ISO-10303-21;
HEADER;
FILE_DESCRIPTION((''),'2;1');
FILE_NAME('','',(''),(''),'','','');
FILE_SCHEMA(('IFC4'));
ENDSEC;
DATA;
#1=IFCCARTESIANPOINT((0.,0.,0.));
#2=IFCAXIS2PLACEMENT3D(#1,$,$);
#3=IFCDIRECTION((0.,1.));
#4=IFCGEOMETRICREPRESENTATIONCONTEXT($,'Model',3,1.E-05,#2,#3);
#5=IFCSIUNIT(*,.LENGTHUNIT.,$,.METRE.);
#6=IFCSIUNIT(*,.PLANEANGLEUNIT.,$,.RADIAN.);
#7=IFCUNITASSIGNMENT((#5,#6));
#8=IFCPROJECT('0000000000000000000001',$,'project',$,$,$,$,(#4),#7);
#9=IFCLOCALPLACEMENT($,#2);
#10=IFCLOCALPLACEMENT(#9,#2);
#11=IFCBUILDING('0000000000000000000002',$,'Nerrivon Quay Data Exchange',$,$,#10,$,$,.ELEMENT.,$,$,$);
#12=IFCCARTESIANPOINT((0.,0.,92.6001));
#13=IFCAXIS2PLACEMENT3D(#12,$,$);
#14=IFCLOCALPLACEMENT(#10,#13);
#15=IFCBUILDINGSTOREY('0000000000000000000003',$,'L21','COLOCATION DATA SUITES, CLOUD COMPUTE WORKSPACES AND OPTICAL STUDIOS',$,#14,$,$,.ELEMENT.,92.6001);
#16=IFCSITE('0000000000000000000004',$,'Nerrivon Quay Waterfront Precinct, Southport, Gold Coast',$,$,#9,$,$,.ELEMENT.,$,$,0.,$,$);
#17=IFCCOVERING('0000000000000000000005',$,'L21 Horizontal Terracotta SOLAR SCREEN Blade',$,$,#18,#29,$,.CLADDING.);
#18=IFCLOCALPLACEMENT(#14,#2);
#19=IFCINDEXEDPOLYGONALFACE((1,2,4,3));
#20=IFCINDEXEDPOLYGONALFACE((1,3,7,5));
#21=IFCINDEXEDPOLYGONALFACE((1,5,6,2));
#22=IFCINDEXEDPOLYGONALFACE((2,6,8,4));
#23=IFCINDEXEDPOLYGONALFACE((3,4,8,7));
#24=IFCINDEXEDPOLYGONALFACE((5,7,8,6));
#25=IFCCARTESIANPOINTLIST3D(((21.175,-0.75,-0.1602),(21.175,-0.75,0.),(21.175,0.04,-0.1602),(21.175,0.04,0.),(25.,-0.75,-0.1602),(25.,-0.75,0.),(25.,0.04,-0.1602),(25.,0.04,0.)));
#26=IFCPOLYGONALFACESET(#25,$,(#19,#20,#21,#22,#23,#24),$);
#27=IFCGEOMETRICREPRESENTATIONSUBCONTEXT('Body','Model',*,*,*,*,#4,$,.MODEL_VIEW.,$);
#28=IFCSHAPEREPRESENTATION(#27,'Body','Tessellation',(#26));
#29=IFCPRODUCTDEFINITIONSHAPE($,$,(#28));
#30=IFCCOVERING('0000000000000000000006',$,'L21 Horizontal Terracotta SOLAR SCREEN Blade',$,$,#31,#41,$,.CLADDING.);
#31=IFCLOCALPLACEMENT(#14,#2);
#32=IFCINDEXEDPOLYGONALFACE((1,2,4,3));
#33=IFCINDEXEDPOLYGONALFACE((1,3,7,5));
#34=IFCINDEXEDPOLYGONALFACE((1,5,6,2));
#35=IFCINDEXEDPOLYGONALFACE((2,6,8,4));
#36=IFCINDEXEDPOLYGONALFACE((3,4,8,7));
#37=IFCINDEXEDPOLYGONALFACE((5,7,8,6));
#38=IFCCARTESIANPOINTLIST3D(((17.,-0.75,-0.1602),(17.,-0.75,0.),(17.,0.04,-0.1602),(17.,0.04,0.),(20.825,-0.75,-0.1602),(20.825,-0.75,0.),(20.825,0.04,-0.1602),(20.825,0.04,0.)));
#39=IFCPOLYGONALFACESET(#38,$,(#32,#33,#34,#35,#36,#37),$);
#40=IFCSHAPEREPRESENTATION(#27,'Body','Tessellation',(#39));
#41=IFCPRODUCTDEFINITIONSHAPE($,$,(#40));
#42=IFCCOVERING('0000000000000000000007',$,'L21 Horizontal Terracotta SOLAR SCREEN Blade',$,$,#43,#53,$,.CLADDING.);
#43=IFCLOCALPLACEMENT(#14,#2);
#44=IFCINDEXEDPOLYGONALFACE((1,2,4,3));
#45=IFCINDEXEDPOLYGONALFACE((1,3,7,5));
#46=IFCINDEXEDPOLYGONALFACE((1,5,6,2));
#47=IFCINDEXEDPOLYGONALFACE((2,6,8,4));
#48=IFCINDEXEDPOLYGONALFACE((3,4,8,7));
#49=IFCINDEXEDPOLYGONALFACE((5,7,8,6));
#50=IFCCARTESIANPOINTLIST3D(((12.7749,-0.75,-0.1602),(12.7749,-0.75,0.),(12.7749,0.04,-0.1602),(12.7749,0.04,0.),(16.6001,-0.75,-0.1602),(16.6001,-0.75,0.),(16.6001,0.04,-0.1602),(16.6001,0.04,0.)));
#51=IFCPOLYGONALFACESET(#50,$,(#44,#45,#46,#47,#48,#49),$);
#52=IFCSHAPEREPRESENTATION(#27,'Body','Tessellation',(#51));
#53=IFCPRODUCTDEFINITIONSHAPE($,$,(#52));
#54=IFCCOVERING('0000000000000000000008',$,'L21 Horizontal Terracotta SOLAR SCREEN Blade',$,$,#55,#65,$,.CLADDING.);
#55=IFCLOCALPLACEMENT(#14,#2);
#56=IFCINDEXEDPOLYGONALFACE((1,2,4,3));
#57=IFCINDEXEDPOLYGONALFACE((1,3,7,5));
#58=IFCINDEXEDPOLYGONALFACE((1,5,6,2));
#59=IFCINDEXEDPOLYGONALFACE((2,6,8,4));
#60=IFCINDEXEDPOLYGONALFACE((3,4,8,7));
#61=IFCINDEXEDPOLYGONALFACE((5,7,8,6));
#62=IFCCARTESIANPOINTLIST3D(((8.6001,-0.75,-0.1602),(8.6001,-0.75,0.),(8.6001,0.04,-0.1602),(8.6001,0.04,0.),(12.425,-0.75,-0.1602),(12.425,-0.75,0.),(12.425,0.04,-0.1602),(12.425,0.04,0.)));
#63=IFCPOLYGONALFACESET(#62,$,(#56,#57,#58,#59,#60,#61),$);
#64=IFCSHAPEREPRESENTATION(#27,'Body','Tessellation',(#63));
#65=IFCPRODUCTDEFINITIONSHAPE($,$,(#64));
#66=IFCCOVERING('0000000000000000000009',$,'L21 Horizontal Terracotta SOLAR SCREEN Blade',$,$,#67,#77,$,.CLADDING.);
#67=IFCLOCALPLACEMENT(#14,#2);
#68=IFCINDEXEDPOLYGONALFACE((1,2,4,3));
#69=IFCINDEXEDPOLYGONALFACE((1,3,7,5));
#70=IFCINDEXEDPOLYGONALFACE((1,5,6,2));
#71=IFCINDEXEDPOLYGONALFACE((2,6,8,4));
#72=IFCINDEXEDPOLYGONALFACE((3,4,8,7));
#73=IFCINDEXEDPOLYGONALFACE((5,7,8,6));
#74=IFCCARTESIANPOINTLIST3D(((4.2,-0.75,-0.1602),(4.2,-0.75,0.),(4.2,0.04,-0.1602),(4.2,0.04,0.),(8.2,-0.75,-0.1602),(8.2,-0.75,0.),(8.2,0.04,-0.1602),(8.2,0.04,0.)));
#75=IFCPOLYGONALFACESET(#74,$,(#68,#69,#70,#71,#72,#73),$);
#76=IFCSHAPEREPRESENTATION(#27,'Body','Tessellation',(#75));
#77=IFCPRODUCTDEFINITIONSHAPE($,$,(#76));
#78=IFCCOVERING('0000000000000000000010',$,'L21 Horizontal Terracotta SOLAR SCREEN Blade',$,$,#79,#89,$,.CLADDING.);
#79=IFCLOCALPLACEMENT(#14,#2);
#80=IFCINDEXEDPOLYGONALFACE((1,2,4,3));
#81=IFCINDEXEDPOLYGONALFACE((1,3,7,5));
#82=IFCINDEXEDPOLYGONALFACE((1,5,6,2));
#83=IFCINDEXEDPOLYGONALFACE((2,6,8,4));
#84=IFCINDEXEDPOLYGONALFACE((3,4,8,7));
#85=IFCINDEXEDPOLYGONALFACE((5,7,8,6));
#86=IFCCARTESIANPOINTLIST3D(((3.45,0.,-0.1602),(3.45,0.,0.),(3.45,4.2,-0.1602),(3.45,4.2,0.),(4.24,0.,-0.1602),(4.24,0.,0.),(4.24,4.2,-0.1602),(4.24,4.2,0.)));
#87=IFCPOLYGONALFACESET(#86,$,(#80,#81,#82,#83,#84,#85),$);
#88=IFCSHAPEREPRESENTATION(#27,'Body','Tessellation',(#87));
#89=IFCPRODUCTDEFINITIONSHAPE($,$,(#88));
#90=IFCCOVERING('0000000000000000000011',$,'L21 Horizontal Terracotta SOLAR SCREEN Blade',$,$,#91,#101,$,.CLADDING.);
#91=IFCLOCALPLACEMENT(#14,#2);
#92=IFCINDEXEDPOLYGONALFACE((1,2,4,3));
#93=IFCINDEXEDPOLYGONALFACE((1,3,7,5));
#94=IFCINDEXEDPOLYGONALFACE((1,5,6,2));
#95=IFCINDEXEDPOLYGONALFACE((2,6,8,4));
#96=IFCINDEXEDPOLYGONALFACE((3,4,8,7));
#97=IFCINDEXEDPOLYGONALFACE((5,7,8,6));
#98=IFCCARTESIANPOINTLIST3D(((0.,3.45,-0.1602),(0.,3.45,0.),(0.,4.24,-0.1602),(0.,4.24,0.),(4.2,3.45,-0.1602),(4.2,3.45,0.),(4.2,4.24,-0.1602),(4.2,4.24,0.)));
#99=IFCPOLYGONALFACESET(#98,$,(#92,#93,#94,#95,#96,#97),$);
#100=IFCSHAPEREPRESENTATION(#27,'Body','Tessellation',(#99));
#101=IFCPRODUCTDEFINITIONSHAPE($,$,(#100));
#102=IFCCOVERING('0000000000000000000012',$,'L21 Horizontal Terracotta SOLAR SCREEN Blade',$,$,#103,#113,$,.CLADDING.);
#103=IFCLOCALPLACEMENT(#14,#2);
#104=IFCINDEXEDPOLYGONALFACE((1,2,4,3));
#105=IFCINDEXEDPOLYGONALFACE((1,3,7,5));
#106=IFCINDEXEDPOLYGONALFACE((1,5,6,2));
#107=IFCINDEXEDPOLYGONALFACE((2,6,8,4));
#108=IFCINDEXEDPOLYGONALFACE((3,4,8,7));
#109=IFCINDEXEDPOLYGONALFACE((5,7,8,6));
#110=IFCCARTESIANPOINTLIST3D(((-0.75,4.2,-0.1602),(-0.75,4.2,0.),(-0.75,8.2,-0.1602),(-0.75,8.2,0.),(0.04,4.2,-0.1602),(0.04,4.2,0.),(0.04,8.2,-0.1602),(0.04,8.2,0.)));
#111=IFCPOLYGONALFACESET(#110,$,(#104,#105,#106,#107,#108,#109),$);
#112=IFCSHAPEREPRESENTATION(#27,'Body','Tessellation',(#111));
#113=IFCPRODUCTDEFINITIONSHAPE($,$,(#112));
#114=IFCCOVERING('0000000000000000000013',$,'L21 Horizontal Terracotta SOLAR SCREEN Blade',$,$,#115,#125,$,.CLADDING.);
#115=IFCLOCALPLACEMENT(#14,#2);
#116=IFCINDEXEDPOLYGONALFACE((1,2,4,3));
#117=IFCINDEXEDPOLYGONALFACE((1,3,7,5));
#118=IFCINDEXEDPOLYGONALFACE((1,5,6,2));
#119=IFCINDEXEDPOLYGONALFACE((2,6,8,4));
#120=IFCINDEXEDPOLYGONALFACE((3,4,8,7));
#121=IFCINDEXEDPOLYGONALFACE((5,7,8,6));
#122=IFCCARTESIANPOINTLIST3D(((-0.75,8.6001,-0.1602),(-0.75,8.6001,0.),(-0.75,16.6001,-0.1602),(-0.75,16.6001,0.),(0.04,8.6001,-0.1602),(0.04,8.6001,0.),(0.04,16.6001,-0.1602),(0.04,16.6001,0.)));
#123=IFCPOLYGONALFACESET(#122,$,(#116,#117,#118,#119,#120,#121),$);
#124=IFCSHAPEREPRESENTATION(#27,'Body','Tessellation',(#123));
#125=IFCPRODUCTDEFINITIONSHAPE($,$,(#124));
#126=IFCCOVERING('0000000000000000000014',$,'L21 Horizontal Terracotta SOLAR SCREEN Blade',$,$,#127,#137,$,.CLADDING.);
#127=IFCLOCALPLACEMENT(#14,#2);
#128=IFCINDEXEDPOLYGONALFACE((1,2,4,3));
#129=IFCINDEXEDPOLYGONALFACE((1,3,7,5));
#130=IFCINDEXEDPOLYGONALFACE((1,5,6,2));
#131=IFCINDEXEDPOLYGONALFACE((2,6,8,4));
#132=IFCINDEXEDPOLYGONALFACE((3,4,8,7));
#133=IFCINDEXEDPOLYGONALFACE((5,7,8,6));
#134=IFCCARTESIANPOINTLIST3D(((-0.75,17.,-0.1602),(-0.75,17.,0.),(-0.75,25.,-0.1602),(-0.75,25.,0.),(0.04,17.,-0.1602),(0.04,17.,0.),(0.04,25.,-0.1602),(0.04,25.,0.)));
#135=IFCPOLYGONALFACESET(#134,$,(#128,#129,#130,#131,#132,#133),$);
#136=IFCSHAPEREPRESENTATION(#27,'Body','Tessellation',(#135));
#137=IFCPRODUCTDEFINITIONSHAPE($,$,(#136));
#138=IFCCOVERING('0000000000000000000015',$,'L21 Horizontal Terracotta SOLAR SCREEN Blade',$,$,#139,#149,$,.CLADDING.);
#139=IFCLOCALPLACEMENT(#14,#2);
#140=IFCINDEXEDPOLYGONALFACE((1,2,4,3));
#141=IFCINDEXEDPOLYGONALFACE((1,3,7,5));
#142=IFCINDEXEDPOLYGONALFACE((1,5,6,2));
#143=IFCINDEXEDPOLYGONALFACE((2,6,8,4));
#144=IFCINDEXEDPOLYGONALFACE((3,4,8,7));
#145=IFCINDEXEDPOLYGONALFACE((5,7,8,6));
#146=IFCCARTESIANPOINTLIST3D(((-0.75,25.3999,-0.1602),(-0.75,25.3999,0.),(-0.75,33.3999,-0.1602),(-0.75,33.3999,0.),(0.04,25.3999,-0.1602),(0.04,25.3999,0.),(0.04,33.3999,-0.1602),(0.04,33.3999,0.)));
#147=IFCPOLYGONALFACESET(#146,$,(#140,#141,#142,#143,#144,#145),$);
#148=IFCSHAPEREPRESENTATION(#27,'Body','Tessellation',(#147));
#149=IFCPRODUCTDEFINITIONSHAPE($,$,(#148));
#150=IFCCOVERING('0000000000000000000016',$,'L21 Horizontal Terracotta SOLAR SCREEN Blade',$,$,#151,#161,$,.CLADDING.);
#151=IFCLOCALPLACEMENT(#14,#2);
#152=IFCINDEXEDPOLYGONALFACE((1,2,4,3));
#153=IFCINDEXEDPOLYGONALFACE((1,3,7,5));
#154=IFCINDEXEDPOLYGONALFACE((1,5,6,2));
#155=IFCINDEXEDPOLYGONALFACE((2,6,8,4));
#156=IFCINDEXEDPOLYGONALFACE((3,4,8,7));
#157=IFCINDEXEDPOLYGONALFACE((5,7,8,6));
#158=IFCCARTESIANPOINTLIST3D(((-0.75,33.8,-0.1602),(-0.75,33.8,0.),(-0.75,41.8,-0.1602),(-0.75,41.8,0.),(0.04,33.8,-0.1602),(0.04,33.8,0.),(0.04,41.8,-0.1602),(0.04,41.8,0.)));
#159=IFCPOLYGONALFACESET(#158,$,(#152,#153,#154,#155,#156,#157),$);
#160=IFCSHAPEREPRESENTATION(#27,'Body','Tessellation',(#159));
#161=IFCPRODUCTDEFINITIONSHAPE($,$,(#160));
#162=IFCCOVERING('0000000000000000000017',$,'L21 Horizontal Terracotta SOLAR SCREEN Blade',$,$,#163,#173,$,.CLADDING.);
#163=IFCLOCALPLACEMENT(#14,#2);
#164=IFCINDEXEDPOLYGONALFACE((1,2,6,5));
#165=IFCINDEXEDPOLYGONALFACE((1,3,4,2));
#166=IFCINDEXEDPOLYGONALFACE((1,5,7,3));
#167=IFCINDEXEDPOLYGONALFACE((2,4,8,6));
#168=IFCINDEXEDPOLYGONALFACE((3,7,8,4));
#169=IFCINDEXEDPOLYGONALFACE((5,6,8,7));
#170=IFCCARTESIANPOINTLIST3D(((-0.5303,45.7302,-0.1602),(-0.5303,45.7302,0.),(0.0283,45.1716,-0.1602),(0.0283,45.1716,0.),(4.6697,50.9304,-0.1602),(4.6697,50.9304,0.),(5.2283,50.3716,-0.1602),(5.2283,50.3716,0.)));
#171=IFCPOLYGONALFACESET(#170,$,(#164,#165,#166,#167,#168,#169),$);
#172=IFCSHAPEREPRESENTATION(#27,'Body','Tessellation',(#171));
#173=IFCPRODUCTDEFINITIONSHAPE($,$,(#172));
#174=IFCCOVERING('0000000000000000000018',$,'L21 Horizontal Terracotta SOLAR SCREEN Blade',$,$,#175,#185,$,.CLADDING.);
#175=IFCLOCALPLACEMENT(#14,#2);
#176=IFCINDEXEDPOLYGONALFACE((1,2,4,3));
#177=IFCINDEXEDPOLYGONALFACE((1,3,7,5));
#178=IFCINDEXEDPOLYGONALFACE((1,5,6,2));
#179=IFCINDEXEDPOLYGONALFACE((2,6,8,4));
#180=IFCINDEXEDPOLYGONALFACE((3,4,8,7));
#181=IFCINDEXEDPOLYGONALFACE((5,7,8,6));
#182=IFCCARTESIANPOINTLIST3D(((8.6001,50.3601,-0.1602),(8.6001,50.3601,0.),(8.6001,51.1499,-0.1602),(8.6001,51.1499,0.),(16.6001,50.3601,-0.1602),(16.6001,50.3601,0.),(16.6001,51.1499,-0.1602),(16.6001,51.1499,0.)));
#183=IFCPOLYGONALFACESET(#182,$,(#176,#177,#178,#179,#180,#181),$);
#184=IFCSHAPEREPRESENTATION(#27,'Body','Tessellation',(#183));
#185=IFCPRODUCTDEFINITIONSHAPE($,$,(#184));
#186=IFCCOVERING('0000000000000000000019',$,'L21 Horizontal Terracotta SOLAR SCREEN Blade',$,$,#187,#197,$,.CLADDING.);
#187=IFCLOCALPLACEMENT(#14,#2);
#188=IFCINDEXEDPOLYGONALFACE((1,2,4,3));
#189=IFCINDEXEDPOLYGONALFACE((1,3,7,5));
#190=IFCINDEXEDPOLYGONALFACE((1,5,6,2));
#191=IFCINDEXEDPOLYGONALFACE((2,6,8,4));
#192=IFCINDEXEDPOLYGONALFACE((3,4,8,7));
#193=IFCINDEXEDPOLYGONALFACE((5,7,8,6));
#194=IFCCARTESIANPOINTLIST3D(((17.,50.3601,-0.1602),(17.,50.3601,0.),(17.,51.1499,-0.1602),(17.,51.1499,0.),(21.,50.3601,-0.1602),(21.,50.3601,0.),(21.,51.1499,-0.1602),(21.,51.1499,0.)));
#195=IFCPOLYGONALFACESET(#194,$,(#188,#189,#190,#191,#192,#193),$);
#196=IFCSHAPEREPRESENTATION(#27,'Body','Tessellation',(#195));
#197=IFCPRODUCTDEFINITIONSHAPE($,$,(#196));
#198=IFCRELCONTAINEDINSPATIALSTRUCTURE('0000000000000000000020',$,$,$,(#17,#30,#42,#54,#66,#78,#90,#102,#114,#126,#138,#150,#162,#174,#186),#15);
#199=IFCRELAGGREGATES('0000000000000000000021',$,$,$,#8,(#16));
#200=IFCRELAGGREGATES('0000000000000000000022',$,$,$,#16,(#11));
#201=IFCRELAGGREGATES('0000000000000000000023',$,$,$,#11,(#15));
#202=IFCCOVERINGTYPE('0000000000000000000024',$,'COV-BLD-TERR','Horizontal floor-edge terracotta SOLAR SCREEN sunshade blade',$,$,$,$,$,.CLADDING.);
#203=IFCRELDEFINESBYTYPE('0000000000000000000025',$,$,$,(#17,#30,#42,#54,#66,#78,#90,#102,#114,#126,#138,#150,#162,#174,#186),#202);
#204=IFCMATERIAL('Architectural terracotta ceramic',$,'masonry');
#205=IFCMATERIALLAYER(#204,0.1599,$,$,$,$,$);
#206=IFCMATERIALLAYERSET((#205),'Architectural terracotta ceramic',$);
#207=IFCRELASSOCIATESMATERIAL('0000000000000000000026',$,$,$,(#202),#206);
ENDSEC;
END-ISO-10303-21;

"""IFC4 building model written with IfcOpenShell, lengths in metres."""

from ifc_helpers import new_model, si_unit, direction, frame, origin, place, context, subcontext, project, spatial, polyline, outline, extrude, material, layer, layer_set, type_object, element, save


model = new_model("IFC4")

# Units and contexts
model_context = context("Model", 3, precision=1e-05, world=origin(), true_north=direction((0.0, 1.0)))
body_context = subcontext(model_context, "Body", "Model", "MODEL_VIEW")
ifc_project = project(units=[si_unit("LENGTHUNIT", "METRE"), si_unit("PLANEANGLEUNIT", "RADIAN")], contexts=[model_context])

# Site, building, storey
site_placement = place(None, origin())
site = spatial("IfcSite", under=ifc_project, at=site_placement, Name="Nerrivon Quay Waterfront Precinct, Southport, Gold Coast", CompositionType="ELEMENT", RefElevation=0.0)
building_placement = place(site_placement, origin())
building = spatial("IfcBuilding", under=site, at=building_placement, Name="Nerrivon Quay Data Exchange", CompositionType="ELEMENT")
storey_placement = place(building_placement, frame((0.0, 0.0, 92.6001)))
storey = spatial("IfcBuildingStorey", under=building, at=storey_placement, Name="L21", Description="COLOCATION DATA SUITES, CLOUD COMPUTE WORKSPACES AND OPTICAL STUDIOS", CompositionType="ELEMENT", Elevation=92.6001)

# Coverings
ifc_material_1 = material(Name="Architectural terracotta ceramic", Category="masonry")
ifc_layer_1 = layer(ifc_material_1, 0.1599)
ifc_layer_set_1 = layer_set([ifc_layer_1], Name="Architectural terracotta ceramic")
covering_type = type_object("IfcCoveringType", Name="COV-BLD-TERR", Description="Horizontal floor-edge terracotta SOLAR SCREEN sunshade blade", PredefinedType="CLADDING", material=ifc_layer_set_1)
covering_1_placement = place(storey_placement, frame((0.0, 0.0, -0.1602)))
element("IfcCovering", 1, at=covering_1_placement, inside=storey, type_object=covering_type, Name="L21 Horizontal Terracotta SOLAR SCREEN Blade", PredefinedType="CLADDING", context=body_context, shape_type="SweptSolid", body=[
    extrude(outline(polyline([(25.0, 0.04), (21.175, 0.04), (21.175, -0.75), (25.0, -0.75), (25.0, 0.04)])), origin(), (0.0, 0.0, 1.0), 0.1602),
])
covering_2_placement = place(storey_placement, frame((0.0, 0.0, -0.1602)))
element("IfcCovering", 2, at=covering_2_placement, inside=storey, type_object=covering_type, Name="L21 Horizontal Terracotta SOLAR SCREEN Blade", PredefinedType="CLADDING", context=body_context, shape_type="SweptSolid", body=[
    extrude(outline(polyline([(20.825, 0.04), (17.0, 0.04), (17.0, -0.75), (20.825, -0.75), (20.825, 0.04)])), origin(), (0.0, 0.0, 1.0), 0.1602),
])
covering_3_placement = place(storey_placement, frame((0.0, 0.0, -0.1602)))
element("IfcCovering", 3, at=covering_3_placement, inside=storey, type_object=covering_type, Name="L21 Horizontal Terracotta SOLAR SCREEN Blade", PredefinedType="CLADDING", context=body_context, shape_type="SweptSolid", body=[
    extrude(outline(polyline([(16.6001, 0.04), (12.7749, 0.04), (12.7749, -0.75), (16.6001, -0.75), (16.6001, 0.04)])), origin(), (0.0, 0.0, 1.0), 0.1602),
])
covering_4_placement = place(storey_placement, frame((0.0, 0.0, -0.1602)))
element("IfcCovering", 4, at=covering_4_placement, inside=storey, type_object=covering_type, Name="L21 Horizontal Terracotta SOLAR SCREEN Blade", PredefinedType="CLADDING", context=body_context, shape_type="SweptSolid", body=[
    extrude(outline(polyline([(12.425, 0.04), (8.6001, 0.04), (8.6001, -0.75), (12.425, -0.75), (12.425, 0.04)])), origin(), (0.0, 0.0, 1.0), 0.1602),
])
covering_5_placement = place(storey_placement, frame((0.0, 0.0, -0.1602)))
element("IfcCovering", 5, at=covering_5_placement, inside=storey, type_object=covering_type, Name="L21 Horizontal Terracotta SOLAR SCREEN Blade", PredefinedType="CLADDING", context=body_context, shape_type="SweptSolid", body=[
    extrude(outline(polyline([(8.2, 0.04), (4.2, 0.04), (4.2, -0.75), (8.2, -0.75), (8.2, 0.04)])), origin(), (0.0, 0.0, 1.0), 0.1602),
])
covering_6_placement = place(storey_placement, frame((0.0, 0.0, -0.1602)))
element("IfcCovering", 6, at=covering_6_placement, inside=storey, type_object=covering_type, Name="L21 Horizontal Terracotta SOLAR SCREEN Blade", PredefinedType="CLADDING", context=body_context, shape_type="SweptSolid", body=[
    extrude(outline(polyline([(4.24, 0.0), (4.24, 4.2), (3.45, 4.2), (3.45, 0.0), (4.24, 0.0)])), origin(), (0.0, 0.0, 1.0), 0.1602),
])
covering_7_placement = place(storey_placement, frame((0.0, 0.0, -0.1602)))
element("IfcCovering", 7, at=covering_7_placement, inside=storey, type_object=covering_type, Name="L21 Horizontal Terracotta SOLAR SCREEN Blade", PredefinedType="CLADDING", context=body_context, shape_type="SweptSolid", body=[
    extrude(outline(polyline([(4.2, 4.24), (0.0, 4.24), (0.0, 3.45), (4.2, 3.45), (4.2, 4.24)])), origin(), (0.0, 0.0, 1.0), 0.1602),
])
covering_8_placement = place(storey_placement, frame((0.0, 0.0, -0.1602)))
element("IfcCovering", 8, at=covering_8_placement, inside=storey, type_object=covering_type, Name="L21 Horizontal Terracotta SOLAR SCREEN Blade", PredefinedType="CLADDING", context=body_context, shape_type="SweptSolid", body=[
    extrude(outline(polyline([(0.04, 4.2), (0.04, 8.2), (-0.75, 8.2), (-0.75, 4.2), (0.04, 4.2)])), origin(), (0.0, 0.0, 1.0), 0.1602),
])
covering_9_placement = place(storey_placement, frame((0.0, 0.0, -0.1602)))
element("IfcCovering", 9, at=covering_9_placement, inside=storey, type_object=covering_type, Name="L21 Horizontal Terracotta SOLAR SCREEN Blade", PredefinedType="CLADDING", context=body_context, shape_type="SweptSolid", body=[
    extrude(outline(polyline([(0.04, 8.6001), (0.04, 16.6001), (-0.75, 16.6001), (-0.75, 8.6001), (0.04, 8.6001)])), origin(), (0.0, 0.0, 1.0), 0.1602),
])
covering_10_placement = place(storey_placement, frame((0.0, 0.0, -0.1602)))
element("IfcCovering", 10, at=covering_10_placement, inside=storey, type_object=covering_type, Name="L21 Horizontal Terracotta SOLAR SCREEN Blade", PredefinedType="CLADDING", context=body_context, shape_type="SweptSolid", body=[
    extrude(outline(polyline([(0.04, 17.0), (0.04, 25.0), (-0.75, 25.0), (-0.75, 17.0), (0.04, 17.0)])), origin(), (0.0, 0.0, 1.0), 0.1602),
])
covering_11_placement = place(storey_placement, frame((0.0, 0.0, -0.1602)))
element("IfcCovering", 11, at=covering_11_placement, inside=storey, type_object=covering_type, Name="L21 Horizontal Terracotta SOLAR SCREEN Blade", PredefinedType="CLADDING", context=body_context, shape_type="SweptSolid", body=[
    extrude(outline(polyline([(0.04, 25.3999), (0.04, 33.3999), (-0.75, 33.3999), (-0.75, 25.3999), (0.04, 25.3999)])), origin(), (0.0, 0.0, 1.0), 0.1602),
])
covering_12_placement = place(storey_placement, frame((0.0, 0.0, -0.1602)))
element("IfcCovering", 12, at=covering_12_placement, inside=storey, type_object=covering_type, Name="L21 Horizontal Terracotta SOLAR SCREEN Blade", PredefinedType="CLADDING", context=body_context, shape_type="SweptSolid", body=[
    extrude(outline(polyline([(0.04, 33.8), (0.04, 41.8), (-0.75, 41.8), (-0.75, 33.8), (0.04, 33.8)])), origin(), (0.0, 0.0, 1.0), 0.1602),
])
covering_13_placement = place(storey_placement, frame((0.0, 0.0, -0.1602)))
element("IfcCovering", 13, at=covering_13_placement, inside=storey, type_object=covering_type, Name="L21 Horizontal Terracotta SOLAR SCREEN Blade", PredefinedType="CLADDING", context=body_context, shape_type="SweptSolid", body=[
    extrude(outline(polyline([(0.0283, 45.1716), (5.2283, 50.3716), (4.6697, 50.9304), (-0.5303, 45.7302), (0.0283, 45.1716)])), origin(), (0.0, 0.0, 1.0), 0.1602),
])
covering_14_placement = place(storey_placement, frame((0.0, 0.0, -0.1602)))
element("IfcCovering", 14, at=covering_14_placement, inside=storey, type_object=covering_type, Name="L21 Horizontal Terracotta SOLAR SCREEN Blade", PredefinedType="CLADDING", context=body_context, shape_type="SweptSolid", body=[
    extrude(outline(polyline([(8.6001, 50.3601), (16.6001, 50.3601), (16.6001, 51.1499), (8.6001, 51.1499), (8.6001, 50.3601)])), origin(), (0.0, 0.0, 1.0), 0.1602),
])
covering_15_placement = place(storey_placement, frame((0.0, 0.0, -0.1602)))
element("IfcCovering", 15, at=covering_15_placement, inside=storey, type_object=covering_type, Name="L21 Horizontal Terracotta SOLAR SCREEN Blade", PredefinedType="CLADDING", context=body_context, shape_type="SweptSolid", body=[
    extrude(outline(polyline([(17.0, 50.3601), (21.0, 50.3601), (21.0, 51.1499), (17.0, 51.1499), (17.0, 50.3601)])), origin(), (0.0, 0.0, 1.0), 0.1602),
])

save(model, "model.ifc")
